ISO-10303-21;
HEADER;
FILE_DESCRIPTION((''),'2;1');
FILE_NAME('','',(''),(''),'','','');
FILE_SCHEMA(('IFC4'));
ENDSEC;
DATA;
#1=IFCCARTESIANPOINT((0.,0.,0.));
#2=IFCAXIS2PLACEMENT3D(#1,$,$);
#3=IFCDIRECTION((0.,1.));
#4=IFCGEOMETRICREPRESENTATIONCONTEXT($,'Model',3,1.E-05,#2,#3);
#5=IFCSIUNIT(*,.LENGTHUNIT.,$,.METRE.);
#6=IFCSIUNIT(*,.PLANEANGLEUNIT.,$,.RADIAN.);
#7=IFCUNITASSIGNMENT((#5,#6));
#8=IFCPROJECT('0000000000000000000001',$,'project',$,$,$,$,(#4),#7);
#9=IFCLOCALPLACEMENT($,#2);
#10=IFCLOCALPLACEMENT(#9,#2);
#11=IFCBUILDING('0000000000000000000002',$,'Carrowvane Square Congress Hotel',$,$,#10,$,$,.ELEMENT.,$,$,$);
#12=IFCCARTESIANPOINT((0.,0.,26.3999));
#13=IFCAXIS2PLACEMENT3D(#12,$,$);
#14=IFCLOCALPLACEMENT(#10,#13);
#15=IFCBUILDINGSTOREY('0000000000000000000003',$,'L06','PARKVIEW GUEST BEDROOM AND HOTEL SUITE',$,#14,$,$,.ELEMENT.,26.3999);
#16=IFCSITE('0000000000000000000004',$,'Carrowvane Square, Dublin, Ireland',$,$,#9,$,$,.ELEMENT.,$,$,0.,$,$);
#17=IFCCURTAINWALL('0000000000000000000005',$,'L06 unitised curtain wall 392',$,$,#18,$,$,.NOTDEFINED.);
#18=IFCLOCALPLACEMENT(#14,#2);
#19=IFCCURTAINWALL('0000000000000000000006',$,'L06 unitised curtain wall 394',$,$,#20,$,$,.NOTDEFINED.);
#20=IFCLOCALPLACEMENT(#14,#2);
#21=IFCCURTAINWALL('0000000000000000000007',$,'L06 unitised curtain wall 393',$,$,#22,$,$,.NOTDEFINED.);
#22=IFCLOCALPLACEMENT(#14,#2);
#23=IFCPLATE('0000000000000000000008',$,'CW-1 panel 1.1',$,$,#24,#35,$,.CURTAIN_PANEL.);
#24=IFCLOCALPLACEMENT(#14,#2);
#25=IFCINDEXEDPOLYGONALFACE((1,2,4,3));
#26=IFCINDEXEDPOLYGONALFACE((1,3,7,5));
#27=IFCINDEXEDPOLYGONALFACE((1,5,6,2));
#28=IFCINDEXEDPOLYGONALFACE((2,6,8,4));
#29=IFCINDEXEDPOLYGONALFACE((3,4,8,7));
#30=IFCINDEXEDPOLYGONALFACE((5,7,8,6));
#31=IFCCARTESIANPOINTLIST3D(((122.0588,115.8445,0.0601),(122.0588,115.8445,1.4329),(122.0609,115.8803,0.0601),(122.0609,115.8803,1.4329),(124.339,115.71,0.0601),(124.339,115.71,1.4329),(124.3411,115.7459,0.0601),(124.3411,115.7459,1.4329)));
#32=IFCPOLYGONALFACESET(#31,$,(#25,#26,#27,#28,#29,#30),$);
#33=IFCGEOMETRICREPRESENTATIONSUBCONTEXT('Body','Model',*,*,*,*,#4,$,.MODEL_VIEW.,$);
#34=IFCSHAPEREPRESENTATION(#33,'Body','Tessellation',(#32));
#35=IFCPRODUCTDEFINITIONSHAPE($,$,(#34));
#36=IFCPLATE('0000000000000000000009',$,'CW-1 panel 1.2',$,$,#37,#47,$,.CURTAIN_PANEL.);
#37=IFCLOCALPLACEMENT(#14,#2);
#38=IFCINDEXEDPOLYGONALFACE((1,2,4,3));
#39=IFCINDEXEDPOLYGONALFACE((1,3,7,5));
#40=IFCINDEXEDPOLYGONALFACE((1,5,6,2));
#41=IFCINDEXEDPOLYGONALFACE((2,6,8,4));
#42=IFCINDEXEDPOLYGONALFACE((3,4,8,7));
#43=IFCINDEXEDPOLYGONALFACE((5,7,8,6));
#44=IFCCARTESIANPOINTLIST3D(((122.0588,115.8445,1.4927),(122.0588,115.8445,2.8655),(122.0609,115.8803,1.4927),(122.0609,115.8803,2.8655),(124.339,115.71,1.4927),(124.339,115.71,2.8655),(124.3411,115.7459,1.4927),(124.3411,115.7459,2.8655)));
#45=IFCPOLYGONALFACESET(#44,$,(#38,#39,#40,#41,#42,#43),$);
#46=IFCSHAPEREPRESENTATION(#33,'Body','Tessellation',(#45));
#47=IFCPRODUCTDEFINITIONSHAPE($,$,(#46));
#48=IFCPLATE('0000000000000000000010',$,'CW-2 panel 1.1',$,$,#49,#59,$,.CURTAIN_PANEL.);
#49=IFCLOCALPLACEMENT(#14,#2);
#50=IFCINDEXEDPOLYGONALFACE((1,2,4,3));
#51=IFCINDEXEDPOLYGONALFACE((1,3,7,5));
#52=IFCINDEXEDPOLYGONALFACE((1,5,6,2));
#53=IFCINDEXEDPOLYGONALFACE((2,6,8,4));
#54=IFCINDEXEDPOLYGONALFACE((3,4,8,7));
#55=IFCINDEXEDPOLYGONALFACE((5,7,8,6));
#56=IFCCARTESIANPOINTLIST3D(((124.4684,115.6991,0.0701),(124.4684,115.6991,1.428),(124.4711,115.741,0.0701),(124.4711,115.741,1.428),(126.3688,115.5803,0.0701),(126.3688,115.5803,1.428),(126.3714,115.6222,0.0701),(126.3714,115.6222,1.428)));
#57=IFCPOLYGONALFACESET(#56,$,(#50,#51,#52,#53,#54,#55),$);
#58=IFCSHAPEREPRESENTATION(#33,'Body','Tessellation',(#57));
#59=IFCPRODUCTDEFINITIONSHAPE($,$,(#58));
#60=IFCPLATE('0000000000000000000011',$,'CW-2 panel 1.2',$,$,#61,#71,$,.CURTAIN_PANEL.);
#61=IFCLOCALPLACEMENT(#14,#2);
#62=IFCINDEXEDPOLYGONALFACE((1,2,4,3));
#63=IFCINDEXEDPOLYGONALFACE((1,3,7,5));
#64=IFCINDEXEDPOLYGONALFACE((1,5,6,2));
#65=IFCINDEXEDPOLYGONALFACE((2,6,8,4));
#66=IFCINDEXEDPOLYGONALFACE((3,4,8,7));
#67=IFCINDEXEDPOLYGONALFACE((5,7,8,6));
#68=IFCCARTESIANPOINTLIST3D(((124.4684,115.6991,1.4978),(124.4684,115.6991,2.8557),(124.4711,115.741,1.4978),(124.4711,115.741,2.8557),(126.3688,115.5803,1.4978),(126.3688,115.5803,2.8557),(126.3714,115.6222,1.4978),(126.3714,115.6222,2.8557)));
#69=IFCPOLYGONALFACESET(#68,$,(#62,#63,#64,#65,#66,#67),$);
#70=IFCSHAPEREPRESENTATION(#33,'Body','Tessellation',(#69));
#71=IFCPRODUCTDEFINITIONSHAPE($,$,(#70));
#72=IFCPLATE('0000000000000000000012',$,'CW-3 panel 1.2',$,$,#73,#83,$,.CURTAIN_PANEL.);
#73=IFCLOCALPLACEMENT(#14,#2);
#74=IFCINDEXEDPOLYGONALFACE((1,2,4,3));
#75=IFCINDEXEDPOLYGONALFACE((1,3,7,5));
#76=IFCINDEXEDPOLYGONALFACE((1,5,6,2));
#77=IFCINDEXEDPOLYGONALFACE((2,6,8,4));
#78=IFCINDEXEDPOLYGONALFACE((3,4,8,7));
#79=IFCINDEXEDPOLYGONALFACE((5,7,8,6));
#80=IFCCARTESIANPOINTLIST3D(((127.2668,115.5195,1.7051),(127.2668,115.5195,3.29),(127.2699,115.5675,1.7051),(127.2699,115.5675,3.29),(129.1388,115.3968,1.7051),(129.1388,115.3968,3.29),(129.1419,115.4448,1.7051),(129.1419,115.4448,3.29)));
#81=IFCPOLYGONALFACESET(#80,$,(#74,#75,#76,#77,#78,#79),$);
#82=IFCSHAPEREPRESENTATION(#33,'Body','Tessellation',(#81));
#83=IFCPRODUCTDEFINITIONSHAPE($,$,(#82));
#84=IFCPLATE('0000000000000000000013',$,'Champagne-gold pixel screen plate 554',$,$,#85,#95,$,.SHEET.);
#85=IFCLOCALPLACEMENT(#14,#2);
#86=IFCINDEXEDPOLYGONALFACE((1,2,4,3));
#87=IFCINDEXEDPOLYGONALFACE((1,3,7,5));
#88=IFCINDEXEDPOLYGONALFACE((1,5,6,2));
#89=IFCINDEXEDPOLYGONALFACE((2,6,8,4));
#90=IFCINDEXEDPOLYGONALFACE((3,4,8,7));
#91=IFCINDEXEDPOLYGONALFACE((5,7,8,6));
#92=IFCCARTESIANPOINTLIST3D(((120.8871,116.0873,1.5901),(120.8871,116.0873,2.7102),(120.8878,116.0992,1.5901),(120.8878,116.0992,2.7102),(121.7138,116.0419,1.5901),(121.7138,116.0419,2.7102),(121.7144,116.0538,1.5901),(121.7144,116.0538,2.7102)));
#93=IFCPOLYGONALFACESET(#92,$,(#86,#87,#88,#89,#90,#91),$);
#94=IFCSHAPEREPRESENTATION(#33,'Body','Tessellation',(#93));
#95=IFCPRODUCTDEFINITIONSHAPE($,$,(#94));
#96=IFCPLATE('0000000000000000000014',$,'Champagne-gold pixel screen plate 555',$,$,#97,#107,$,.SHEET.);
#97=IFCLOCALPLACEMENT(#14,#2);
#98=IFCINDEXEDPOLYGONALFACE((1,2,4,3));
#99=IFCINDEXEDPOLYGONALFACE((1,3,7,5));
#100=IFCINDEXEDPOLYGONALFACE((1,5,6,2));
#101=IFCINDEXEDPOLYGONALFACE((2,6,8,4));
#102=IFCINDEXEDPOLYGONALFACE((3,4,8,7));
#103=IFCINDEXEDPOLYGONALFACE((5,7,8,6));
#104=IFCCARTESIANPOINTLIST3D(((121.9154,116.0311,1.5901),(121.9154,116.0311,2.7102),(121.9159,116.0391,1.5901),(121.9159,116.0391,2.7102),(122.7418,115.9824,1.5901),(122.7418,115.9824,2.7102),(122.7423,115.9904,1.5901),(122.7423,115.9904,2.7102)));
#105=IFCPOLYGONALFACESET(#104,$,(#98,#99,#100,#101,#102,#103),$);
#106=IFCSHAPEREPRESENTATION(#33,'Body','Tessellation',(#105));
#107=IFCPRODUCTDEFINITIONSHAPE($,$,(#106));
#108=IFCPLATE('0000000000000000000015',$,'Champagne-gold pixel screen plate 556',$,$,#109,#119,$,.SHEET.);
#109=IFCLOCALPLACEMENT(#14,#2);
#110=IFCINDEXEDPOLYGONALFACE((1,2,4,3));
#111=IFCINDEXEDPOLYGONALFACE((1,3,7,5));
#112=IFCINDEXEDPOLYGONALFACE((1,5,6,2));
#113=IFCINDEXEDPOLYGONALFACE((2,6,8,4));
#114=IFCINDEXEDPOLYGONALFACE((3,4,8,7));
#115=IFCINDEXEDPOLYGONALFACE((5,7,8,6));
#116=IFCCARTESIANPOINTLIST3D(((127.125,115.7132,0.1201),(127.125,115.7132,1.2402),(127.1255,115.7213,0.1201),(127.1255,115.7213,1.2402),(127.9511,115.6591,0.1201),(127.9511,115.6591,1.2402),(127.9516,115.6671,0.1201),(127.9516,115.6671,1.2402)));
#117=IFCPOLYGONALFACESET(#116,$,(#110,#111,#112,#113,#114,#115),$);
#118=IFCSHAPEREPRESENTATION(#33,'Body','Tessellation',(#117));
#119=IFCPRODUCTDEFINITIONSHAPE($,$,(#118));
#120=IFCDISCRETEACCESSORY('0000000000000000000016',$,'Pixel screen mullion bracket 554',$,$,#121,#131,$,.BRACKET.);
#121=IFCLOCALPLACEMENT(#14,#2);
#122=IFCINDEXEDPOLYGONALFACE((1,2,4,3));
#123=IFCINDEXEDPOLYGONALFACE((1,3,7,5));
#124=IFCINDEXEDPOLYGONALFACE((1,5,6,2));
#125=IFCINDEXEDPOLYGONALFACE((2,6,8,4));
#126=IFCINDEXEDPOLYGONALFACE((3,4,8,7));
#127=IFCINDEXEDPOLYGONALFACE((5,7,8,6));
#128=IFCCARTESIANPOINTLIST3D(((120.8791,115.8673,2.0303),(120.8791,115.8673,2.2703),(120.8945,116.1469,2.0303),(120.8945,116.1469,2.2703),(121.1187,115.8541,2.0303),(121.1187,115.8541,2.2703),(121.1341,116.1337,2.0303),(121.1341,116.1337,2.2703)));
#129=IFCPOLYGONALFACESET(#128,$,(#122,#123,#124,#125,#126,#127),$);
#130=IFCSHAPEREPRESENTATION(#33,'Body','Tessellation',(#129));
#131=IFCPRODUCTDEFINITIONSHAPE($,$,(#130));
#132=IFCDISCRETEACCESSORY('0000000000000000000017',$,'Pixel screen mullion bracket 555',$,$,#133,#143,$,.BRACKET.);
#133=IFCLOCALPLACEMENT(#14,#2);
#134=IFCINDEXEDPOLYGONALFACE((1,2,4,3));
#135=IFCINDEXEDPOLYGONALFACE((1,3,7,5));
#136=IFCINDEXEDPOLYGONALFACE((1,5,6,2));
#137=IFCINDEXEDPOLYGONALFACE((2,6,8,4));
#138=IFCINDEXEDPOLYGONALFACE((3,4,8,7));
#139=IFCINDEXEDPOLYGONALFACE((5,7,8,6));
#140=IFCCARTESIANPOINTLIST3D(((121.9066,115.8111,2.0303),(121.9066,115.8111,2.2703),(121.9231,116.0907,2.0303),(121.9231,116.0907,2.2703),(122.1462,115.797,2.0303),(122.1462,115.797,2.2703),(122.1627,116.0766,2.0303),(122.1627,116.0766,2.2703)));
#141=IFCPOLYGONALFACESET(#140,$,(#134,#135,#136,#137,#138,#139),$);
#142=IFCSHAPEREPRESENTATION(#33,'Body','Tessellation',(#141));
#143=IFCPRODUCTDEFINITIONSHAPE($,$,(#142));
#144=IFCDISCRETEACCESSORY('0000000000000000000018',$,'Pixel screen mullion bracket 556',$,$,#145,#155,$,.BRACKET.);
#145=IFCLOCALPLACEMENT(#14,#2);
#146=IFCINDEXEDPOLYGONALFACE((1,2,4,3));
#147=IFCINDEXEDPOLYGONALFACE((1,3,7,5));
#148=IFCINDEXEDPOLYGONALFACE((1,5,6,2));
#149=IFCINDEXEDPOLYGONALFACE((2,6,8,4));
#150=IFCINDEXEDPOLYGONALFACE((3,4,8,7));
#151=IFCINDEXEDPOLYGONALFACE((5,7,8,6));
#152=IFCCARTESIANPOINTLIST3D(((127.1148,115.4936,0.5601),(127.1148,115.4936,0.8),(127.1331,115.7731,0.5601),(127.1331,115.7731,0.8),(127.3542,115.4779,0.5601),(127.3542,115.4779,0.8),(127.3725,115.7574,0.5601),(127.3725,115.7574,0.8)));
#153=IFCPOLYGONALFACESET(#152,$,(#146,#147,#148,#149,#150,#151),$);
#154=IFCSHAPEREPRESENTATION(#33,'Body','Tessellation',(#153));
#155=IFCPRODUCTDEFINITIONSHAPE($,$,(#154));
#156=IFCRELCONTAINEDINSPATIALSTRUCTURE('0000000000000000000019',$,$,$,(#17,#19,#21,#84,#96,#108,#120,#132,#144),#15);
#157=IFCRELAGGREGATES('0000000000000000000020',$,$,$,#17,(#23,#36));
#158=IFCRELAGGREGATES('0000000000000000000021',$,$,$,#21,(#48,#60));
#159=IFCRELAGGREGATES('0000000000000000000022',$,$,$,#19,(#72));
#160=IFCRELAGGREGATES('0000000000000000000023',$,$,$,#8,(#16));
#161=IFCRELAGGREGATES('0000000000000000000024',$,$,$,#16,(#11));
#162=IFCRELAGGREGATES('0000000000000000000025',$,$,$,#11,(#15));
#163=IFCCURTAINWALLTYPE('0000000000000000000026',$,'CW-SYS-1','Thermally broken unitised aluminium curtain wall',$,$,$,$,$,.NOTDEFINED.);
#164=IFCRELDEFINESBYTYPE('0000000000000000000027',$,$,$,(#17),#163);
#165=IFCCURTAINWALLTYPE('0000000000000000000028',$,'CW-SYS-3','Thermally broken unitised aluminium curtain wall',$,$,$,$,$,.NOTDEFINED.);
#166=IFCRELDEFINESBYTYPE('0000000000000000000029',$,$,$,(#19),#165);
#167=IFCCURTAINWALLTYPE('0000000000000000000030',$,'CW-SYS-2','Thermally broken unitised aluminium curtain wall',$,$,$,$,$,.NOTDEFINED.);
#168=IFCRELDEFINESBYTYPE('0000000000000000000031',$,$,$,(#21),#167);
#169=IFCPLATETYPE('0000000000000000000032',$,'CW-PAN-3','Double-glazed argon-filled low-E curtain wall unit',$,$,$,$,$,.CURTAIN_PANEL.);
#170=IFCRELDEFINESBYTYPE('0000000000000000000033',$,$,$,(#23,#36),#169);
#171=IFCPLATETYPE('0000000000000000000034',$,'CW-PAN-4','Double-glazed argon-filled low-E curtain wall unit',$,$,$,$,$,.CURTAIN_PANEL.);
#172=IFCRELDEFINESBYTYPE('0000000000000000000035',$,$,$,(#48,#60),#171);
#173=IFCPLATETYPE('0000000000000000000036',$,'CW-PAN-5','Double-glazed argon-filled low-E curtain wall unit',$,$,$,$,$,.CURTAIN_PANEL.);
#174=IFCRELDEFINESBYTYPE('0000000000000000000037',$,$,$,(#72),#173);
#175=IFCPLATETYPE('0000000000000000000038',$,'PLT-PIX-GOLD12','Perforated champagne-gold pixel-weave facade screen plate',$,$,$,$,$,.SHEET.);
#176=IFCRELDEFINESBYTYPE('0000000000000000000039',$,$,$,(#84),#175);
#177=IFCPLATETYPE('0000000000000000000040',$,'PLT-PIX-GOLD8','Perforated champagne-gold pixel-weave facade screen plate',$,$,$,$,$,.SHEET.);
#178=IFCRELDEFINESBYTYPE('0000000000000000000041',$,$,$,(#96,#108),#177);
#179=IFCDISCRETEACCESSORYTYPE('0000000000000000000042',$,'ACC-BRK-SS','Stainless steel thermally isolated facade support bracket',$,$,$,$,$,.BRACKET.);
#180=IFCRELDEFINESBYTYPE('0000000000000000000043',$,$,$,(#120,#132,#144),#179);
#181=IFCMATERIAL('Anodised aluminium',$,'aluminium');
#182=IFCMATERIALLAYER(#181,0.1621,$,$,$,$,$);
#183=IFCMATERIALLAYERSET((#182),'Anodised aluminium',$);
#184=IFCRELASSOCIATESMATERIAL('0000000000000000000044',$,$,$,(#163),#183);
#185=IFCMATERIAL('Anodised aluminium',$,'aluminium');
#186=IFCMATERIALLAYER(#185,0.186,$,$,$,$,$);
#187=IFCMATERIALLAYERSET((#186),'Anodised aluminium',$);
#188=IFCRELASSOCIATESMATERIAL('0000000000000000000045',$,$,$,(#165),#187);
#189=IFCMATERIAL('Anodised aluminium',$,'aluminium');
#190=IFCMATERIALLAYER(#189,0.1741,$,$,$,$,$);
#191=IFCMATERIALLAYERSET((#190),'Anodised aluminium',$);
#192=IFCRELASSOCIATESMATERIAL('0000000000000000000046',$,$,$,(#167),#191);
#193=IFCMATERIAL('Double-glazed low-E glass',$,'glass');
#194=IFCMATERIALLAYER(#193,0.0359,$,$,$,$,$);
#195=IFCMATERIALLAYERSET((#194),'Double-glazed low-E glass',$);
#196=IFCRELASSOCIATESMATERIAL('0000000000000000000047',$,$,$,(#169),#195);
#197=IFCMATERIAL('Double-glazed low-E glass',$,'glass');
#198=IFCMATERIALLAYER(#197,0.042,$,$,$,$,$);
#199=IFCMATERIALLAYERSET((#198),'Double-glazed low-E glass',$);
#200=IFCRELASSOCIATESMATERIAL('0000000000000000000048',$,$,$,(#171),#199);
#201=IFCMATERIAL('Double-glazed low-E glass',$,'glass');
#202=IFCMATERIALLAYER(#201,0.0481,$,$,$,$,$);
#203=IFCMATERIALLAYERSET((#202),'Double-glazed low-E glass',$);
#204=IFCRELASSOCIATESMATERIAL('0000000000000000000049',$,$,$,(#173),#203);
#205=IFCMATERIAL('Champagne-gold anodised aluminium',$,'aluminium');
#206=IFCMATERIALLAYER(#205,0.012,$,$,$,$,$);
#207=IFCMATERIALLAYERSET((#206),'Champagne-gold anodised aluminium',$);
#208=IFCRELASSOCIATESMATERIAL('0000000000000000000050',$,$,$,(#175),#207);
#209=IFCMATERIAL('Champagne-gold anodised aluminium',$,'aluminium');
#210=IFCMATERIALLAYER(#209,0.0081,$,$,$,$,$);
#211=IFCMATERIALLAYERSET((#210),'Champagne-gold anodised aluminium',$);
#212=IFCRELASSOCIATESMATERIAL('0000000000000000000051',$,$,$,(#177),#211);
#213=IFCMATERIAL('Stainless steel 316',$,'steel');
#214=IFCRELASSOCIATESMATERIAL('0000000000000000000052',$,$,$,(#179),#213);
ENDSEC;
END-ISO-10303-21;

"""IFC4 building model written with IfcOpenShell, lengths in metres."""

from ifc_helpers import new_model, si_unit, direction, frame, origin, origin_2d, place, context, subcontext, project, spatial, rectangle, extrude, material, layer, layer_set, type_object, element, aggregate, save


model = new_model("IFC4")

# Units and contexts
model_context = context("Model", 3, precision=1e-05, world=origin(), true_north=direction((0.0, 1.0)))
body_context = subcontext(model_context, "Body", "Model", "MODEL_VIEW")
ifc_project = project(units=[si_unit("LENGTHUNIT", "METRE"), si_unit("PLANEANGLEUNIT", "RADIAN")], contexts=[model_context])

# Site, building, storey
site_placement = place(None, origin())
site = spatial("IfcSite", under=ifc_project, at=site_placement, Name="Carrowvane Square, Dublin, Ireland", CompositionType="ELEMENT", RefElevation=0.0)
building_placement = place(site_placement, origin())
building = spatial("IfcBuilding", under=site, at=building_placement, Name="Carrowvane Square Congress Hotel", CompositionType="ELEMENT")
storey_placement = place(building_placement, frame((0.0, 0.0, 26.3999)))
storey = spatial("IfcBuildingStorey", under=building, at=storey_placement, Name="L06", Description="PARKVIEW GUEST BEDROOM AND HOTEL SUITE", CompositionType="ELEMENT", Elevation=26.3999)

# Curtain wall
ifc_material_1 = material(Name="Anodised aluminium", Category="aluminium")
ifc_layer_1 = layer(ifc_material_1, 0.1621)
ifc_layer_set_1 = layer_set([ifc_layer_1], Name="Anodised aluminium")
curtain_wall_type_1 = type_object("IfcCurtainWallType", Name="CW-SYS-1", Description="Thermally broken unitised aluminium curtain wall", PredefinedType="NOTDEFINED", material=ifc_layer_set_1)
curtain_wall_1_placement = place(storey_placement, origin())
curtain_wall_1 = element("IfcCurtainWall", 1, at=curtain_wall_1_placement, inside=storey, type_object=curtain_wall_type_1, Name="L06 unitised curtain wall 392", PredefinedType="NOTDEFINED")

# Curtain wall
ifc_material_2 = material(Name="Anodised aluminium", Category="aluminium")
ifc_layer_2 = layer(ifc_material_2, 0.186)
ifc_layer_set_2 = layer_set([ifc_layer_2], Name="Anodised aluminium")
curtain_wall_type_2 = type_object("IfcCurtainWallType", Name="CW-SYS-3", Description="Thermally broken unitised aluminium curtain wall", PredefinedType="NOTDEFINED", material=ifc_layer_set_2)
curtain_wall_2_placement = place(storey_placement, origin())
curtain_wall_2 = element("IfcCurtainWall", 2, at=curtain_wall_2_placement, inside=storey, type_object=curtain_wall_type_2, Name="L06 unitised curtain wall 394", PredefinedType="NOTDEFINED")

# Curtain wall
ifc_material_3 = material(Name="Anodised aluminium", Category="aluminium")
ifc_layer_3 = layer(ifc_material_3, 0.1741)
ifc_layer_set_3 = layer_set([ifc_layer_3], Name="Anodised aluminium")
curtain_wall_type_3 = type_object("IfcCurtainWallType", Name="CW-SYS-2", Description="Thermally broken unitised aluminium curtain wall", PredefinedType="NOTDEFINED", material=ifc_layer_set_3)
curtain_wall_3_placement = place(storey_placement, origin())
curtain_wall_3 = element("IfcCurtainWall", 3, at=curtain_wall_3_placement, inside=storey, type_object=curtain_wall_type_3, Name="L06 unitised curtain wall 393", PredefinedType="NOTDEFINED")

# Plates
ifc_material_4 = material(Name="Double-glazed low-E glass", Category="glass")
ifc_layer_4 = layer(ifc_material_4, 0.0359)
ifc_layer_set_4 = layer_set([ifc_layer_4], Name="Double-glazed low-E glass")
plate_type_1 = type_object("IfcPlateType", Name="CW-PAN-3", Description="Double-glazed argon-filled low-E curtain wall unit", PredefinedType="CURTAIN_PANEL", material=ifc_layer_set_4)
plate_1_placement = place(storey_placement, frame((123.2, 115.7952, 0.0601), z_axis=(0.0, 0.0, 1.0), x_axis=(0.998267, -0.058851, 0.0)))
plate_1 = element("IfcPlate", 4, at=plate_1_placement, type_object=plate_type_1, Name="CW-1 panel 1.1", PredefinedType="CURTAIN_PANEL", context=body_context, shape_type="SweptSolid", body=[
    extrude(rectangle(XDim=2.2842, YDim=0.0359, at=origin_2d()), origin(), (0.0, 0.0, 1.0), 1.3728),
])
plate_2_placement = place(storey_placement, frame((123.2, 115.7952, 1.4927), z_axis=(0.0, 0.0, 1.0), x_axis=(0.998267, -0.058851, 0.0)))
plate_2 = element("IfcPlate", 5, at=plate_2_placement, type_object=plate_type_1, Name="CW-1 panel 1.2", PredefinedType="CURTAIN_PANEL", context=body_context, shape_type="SweptSolid", body=[
    extrude(rectangle(XDim=2.2842, YDim=0.0359, at=origin_2d()), origin(), (0.0, 0.0, 1.0), 1.3728),
])
aggregate(curtain_wall_1, [plate_1, plate_2])
ifc_material_5 = material(Name="Double-glazed low-E glass", Category="glass")
ifc_layer_5 = layer(ifc_material_5, 0.042)
ifc_layer_set_5 = layer_set([ifc_layer_5], Name="Double-glazed low-E glass")
plate_type_2 = type_object("IfcPlateType", Name="CW-PAN-4", Description="Double-glazed argon-filled low-E curtain wall unit", PredefinedType="CURTAIN_PANEL", material=ifc_layer_set_5)
plate_3_placement = place(storey_placement, frame((125.4199, 115.6606, 0.0701), z_axis=(0.0, 0.0, 1.0), x_axis=(0.998051, -0.062397, 0.0)))
plate_3 = element("IfcPlate", 6, at=plate_3_placement, type_object=plate_type_2, Name="CW-2 panel 1.1", PredefinedType="CURTAIN_PANEL", context=body_context, shape_type="SweptSolid", body=[
    extrude(rectangle(XDim=1.9041, YDim=0.042, at=origin_2d()), origin(), (0.0, 0.0, 1.0), 1.3579),
])
plate_4_placement = place(storey_placement, frame((125.4199, 115.6606, 1.4978), z_axis=(0.0, 0.0, 1.0), x_axis=(0.998051, -0.062397, 0.0)))
plate_4 = element("IfcPlate", 7, at=plate_4_placement, type_object=plate_type_2, Name="CW-2 panel 1.2", PredefinedType="CURTAIN_PANEL", context=body_context, shape_type="SweptSolid", body=[
    extrude(rectangle(XDim=1.9041, YDim=0.042, at=origin_2d()), origin(), (0.0, 0.0, 1.0), 1.3579),
])
aggregate(curtain_wall_3, [plate_3, plate_4])
ifc_material_6 = material(Name="Double-glazed low-E glass", Category="glass")
ifc_layer_6 = layer(ifc_material_6, 0.0481)
ifc_layer_set_6 = layer_set([ifc_layer_6], Name="Double-glazed low-E glass")
plate_type_3 = type_object("IfcPlateType", Name="CW-PAN-5", Description="Double-glazed argon-filled low-E curtain wall unit", PredefinedType="CURTAIN_PANEL", material=ifc_layer_set_6)
plate_5_placement = place(storey_placement, frame((128.2043, 115.4822, 1.7051), z_axis=(0.0, 0.0, 1.0), x_axis=(0.997858, -0.065414, 0.0)))
plate_5 = element("IfcPlate", 8, at=plate_5_placement, type_object=plate_type_3, Name="CW-3 panel 1.2", PredefinedType="CURTAIN_PANEL", context=body_context, shape_type="SweptSolid", body=[
    extrude(rectangle(XDim=1.876, YDim=0.0481, at=origin_2d()), origin(), (0.0, 0.0, 1.0), 1.585),
])
aggregate(curtain_wall_2, [plate_5])

# Plates
ifc_material_7 = material(Name="Champagne-gold anodised aluminium", Category="aluminium")
ifc_layer_7 = layer(ifc_material_7, 0.012)
ifc_layer_set_7 = layer_set([ifc_layer_7], Name="Champagne-gold anodised aluminium")
plate_type_4 = type_object("IfcPlateType", Name="PLT-PIX-GOLD12", Description="Perforated champagne-gold pixel-weave facade screen plate", PredefinedType="SHEET", material=ifc_layer_set_7)
plate_6_placement = place(storey_placement, frame((121.3008, 116.0706, 1.5901), z_axis=(0.0, 0.0, 1.0), x_axis=(0.998497, -0.054815, 0.0)))
element("IfcPlate", 9, at=plate_6_placement, inside=storey, type_object=plate_type_4, Name="Champagne-gold pixel screen plate 554", PredefinedType="SHEET", context=body_context, shape_type="SweptSolid", body=[
    extrude(rectangle(XDim=0.8279, YDim=0.012, at=origin_2d()), origin(), (0.0, 0.0, 1.0), 1.1201),
])
ifc_material_8 = material(Name="Champagne-gold anodised aluminium", Category="aluminium")
ifc_layer_8 = layer(ifc_material_8, 0.0081)
ifc_layer_set_8 = layer_set([ifc_layer_8], Name="Champagne-gold anodised aluminium")
plate_type_5 = type_object("IfcPlateType", Name="PLT-PIX-GOLD8", Description="Perforated champagne-gold pixel-weave facade screen plate", PredefinedType="SHEET", material=ifc_layer_set_8)
for number, where, z_axis, x_axis, name in (
    (10, (122.3289, 116.0107, 1.5901), (0.0, 0.0, 1.0), (0.998267, -0.058852, 0.0), "Champagne-gold pixel screen plate 555"),
    (11, (127.5383, 115.6902, 0.1201), (0.0, 0.0, 1.0), (0.997858, -0.065413, 0.0), "Champagne-gold pixel screen plate 556"),
):
    element("IfcPlate", number, at=place(storey_placement, frame(where, z_axis=z_axis, x_axis=x_axis)), inside=storey, type_object=plate_type_5, Name=name, PredefinedType="SHEET", context=body_context, shape_type="SweptSolid", body=[
        extrude(rectangle(XDim=0.8279, YDim=0.0081, at=origin_2d()), origin(), (0.0, 0.0, 1.0), 1.1201),
    ])

# Discrete accessories
ifc_material_9 = material(Name="Stainless steel 316", Category="steel")
discrete_accessory_type = type_object("IfcDiscreteAccessoryType", Name="ACC-BRK-SS", Description="Stainless steel thermally isolated facade support bracket", PredefinedType="BRACKET", material=ifc_material_9)
for number, where, z_axis, x_axis, name in (
    (12, (121.0066, 116.0005, 2.0303), (0.0, 0.0, 1.0), (0.998497, -0.054815, 0.0), "Pixel screen mullion bracket 554"),
    (13, (122.0347, 115.9438, 2.0303), (0.0, 0.0, 1.0), (0.998267, -0.058852, 0.0), "Pixel screen mullion bracket 555"),
    (14, (127.2437, 115.6255, 0.5601), (0.0, 0.0, 1.0), (0.997858, -0.065413, 0.0), "Pixel screen mullion bracket 556"),
):
    element("IfcDiscreteAccessory", number, at=place(storey_placement, frame(where, z_axis=z_axis, x_axis=x_axis)), inside=storey, type_object=discrete_accessory_type, Name=name, PredefinedType="BRACKET", context=body_context, shape_type="SweptSolid", body=[
        extrude(rectangle(XDim=0.24, YDim=0.28, at=origin_2d()), origin(), (0.0, 0.0, 1.0), 0.24),
    ])

save(model, "model.ifc")
